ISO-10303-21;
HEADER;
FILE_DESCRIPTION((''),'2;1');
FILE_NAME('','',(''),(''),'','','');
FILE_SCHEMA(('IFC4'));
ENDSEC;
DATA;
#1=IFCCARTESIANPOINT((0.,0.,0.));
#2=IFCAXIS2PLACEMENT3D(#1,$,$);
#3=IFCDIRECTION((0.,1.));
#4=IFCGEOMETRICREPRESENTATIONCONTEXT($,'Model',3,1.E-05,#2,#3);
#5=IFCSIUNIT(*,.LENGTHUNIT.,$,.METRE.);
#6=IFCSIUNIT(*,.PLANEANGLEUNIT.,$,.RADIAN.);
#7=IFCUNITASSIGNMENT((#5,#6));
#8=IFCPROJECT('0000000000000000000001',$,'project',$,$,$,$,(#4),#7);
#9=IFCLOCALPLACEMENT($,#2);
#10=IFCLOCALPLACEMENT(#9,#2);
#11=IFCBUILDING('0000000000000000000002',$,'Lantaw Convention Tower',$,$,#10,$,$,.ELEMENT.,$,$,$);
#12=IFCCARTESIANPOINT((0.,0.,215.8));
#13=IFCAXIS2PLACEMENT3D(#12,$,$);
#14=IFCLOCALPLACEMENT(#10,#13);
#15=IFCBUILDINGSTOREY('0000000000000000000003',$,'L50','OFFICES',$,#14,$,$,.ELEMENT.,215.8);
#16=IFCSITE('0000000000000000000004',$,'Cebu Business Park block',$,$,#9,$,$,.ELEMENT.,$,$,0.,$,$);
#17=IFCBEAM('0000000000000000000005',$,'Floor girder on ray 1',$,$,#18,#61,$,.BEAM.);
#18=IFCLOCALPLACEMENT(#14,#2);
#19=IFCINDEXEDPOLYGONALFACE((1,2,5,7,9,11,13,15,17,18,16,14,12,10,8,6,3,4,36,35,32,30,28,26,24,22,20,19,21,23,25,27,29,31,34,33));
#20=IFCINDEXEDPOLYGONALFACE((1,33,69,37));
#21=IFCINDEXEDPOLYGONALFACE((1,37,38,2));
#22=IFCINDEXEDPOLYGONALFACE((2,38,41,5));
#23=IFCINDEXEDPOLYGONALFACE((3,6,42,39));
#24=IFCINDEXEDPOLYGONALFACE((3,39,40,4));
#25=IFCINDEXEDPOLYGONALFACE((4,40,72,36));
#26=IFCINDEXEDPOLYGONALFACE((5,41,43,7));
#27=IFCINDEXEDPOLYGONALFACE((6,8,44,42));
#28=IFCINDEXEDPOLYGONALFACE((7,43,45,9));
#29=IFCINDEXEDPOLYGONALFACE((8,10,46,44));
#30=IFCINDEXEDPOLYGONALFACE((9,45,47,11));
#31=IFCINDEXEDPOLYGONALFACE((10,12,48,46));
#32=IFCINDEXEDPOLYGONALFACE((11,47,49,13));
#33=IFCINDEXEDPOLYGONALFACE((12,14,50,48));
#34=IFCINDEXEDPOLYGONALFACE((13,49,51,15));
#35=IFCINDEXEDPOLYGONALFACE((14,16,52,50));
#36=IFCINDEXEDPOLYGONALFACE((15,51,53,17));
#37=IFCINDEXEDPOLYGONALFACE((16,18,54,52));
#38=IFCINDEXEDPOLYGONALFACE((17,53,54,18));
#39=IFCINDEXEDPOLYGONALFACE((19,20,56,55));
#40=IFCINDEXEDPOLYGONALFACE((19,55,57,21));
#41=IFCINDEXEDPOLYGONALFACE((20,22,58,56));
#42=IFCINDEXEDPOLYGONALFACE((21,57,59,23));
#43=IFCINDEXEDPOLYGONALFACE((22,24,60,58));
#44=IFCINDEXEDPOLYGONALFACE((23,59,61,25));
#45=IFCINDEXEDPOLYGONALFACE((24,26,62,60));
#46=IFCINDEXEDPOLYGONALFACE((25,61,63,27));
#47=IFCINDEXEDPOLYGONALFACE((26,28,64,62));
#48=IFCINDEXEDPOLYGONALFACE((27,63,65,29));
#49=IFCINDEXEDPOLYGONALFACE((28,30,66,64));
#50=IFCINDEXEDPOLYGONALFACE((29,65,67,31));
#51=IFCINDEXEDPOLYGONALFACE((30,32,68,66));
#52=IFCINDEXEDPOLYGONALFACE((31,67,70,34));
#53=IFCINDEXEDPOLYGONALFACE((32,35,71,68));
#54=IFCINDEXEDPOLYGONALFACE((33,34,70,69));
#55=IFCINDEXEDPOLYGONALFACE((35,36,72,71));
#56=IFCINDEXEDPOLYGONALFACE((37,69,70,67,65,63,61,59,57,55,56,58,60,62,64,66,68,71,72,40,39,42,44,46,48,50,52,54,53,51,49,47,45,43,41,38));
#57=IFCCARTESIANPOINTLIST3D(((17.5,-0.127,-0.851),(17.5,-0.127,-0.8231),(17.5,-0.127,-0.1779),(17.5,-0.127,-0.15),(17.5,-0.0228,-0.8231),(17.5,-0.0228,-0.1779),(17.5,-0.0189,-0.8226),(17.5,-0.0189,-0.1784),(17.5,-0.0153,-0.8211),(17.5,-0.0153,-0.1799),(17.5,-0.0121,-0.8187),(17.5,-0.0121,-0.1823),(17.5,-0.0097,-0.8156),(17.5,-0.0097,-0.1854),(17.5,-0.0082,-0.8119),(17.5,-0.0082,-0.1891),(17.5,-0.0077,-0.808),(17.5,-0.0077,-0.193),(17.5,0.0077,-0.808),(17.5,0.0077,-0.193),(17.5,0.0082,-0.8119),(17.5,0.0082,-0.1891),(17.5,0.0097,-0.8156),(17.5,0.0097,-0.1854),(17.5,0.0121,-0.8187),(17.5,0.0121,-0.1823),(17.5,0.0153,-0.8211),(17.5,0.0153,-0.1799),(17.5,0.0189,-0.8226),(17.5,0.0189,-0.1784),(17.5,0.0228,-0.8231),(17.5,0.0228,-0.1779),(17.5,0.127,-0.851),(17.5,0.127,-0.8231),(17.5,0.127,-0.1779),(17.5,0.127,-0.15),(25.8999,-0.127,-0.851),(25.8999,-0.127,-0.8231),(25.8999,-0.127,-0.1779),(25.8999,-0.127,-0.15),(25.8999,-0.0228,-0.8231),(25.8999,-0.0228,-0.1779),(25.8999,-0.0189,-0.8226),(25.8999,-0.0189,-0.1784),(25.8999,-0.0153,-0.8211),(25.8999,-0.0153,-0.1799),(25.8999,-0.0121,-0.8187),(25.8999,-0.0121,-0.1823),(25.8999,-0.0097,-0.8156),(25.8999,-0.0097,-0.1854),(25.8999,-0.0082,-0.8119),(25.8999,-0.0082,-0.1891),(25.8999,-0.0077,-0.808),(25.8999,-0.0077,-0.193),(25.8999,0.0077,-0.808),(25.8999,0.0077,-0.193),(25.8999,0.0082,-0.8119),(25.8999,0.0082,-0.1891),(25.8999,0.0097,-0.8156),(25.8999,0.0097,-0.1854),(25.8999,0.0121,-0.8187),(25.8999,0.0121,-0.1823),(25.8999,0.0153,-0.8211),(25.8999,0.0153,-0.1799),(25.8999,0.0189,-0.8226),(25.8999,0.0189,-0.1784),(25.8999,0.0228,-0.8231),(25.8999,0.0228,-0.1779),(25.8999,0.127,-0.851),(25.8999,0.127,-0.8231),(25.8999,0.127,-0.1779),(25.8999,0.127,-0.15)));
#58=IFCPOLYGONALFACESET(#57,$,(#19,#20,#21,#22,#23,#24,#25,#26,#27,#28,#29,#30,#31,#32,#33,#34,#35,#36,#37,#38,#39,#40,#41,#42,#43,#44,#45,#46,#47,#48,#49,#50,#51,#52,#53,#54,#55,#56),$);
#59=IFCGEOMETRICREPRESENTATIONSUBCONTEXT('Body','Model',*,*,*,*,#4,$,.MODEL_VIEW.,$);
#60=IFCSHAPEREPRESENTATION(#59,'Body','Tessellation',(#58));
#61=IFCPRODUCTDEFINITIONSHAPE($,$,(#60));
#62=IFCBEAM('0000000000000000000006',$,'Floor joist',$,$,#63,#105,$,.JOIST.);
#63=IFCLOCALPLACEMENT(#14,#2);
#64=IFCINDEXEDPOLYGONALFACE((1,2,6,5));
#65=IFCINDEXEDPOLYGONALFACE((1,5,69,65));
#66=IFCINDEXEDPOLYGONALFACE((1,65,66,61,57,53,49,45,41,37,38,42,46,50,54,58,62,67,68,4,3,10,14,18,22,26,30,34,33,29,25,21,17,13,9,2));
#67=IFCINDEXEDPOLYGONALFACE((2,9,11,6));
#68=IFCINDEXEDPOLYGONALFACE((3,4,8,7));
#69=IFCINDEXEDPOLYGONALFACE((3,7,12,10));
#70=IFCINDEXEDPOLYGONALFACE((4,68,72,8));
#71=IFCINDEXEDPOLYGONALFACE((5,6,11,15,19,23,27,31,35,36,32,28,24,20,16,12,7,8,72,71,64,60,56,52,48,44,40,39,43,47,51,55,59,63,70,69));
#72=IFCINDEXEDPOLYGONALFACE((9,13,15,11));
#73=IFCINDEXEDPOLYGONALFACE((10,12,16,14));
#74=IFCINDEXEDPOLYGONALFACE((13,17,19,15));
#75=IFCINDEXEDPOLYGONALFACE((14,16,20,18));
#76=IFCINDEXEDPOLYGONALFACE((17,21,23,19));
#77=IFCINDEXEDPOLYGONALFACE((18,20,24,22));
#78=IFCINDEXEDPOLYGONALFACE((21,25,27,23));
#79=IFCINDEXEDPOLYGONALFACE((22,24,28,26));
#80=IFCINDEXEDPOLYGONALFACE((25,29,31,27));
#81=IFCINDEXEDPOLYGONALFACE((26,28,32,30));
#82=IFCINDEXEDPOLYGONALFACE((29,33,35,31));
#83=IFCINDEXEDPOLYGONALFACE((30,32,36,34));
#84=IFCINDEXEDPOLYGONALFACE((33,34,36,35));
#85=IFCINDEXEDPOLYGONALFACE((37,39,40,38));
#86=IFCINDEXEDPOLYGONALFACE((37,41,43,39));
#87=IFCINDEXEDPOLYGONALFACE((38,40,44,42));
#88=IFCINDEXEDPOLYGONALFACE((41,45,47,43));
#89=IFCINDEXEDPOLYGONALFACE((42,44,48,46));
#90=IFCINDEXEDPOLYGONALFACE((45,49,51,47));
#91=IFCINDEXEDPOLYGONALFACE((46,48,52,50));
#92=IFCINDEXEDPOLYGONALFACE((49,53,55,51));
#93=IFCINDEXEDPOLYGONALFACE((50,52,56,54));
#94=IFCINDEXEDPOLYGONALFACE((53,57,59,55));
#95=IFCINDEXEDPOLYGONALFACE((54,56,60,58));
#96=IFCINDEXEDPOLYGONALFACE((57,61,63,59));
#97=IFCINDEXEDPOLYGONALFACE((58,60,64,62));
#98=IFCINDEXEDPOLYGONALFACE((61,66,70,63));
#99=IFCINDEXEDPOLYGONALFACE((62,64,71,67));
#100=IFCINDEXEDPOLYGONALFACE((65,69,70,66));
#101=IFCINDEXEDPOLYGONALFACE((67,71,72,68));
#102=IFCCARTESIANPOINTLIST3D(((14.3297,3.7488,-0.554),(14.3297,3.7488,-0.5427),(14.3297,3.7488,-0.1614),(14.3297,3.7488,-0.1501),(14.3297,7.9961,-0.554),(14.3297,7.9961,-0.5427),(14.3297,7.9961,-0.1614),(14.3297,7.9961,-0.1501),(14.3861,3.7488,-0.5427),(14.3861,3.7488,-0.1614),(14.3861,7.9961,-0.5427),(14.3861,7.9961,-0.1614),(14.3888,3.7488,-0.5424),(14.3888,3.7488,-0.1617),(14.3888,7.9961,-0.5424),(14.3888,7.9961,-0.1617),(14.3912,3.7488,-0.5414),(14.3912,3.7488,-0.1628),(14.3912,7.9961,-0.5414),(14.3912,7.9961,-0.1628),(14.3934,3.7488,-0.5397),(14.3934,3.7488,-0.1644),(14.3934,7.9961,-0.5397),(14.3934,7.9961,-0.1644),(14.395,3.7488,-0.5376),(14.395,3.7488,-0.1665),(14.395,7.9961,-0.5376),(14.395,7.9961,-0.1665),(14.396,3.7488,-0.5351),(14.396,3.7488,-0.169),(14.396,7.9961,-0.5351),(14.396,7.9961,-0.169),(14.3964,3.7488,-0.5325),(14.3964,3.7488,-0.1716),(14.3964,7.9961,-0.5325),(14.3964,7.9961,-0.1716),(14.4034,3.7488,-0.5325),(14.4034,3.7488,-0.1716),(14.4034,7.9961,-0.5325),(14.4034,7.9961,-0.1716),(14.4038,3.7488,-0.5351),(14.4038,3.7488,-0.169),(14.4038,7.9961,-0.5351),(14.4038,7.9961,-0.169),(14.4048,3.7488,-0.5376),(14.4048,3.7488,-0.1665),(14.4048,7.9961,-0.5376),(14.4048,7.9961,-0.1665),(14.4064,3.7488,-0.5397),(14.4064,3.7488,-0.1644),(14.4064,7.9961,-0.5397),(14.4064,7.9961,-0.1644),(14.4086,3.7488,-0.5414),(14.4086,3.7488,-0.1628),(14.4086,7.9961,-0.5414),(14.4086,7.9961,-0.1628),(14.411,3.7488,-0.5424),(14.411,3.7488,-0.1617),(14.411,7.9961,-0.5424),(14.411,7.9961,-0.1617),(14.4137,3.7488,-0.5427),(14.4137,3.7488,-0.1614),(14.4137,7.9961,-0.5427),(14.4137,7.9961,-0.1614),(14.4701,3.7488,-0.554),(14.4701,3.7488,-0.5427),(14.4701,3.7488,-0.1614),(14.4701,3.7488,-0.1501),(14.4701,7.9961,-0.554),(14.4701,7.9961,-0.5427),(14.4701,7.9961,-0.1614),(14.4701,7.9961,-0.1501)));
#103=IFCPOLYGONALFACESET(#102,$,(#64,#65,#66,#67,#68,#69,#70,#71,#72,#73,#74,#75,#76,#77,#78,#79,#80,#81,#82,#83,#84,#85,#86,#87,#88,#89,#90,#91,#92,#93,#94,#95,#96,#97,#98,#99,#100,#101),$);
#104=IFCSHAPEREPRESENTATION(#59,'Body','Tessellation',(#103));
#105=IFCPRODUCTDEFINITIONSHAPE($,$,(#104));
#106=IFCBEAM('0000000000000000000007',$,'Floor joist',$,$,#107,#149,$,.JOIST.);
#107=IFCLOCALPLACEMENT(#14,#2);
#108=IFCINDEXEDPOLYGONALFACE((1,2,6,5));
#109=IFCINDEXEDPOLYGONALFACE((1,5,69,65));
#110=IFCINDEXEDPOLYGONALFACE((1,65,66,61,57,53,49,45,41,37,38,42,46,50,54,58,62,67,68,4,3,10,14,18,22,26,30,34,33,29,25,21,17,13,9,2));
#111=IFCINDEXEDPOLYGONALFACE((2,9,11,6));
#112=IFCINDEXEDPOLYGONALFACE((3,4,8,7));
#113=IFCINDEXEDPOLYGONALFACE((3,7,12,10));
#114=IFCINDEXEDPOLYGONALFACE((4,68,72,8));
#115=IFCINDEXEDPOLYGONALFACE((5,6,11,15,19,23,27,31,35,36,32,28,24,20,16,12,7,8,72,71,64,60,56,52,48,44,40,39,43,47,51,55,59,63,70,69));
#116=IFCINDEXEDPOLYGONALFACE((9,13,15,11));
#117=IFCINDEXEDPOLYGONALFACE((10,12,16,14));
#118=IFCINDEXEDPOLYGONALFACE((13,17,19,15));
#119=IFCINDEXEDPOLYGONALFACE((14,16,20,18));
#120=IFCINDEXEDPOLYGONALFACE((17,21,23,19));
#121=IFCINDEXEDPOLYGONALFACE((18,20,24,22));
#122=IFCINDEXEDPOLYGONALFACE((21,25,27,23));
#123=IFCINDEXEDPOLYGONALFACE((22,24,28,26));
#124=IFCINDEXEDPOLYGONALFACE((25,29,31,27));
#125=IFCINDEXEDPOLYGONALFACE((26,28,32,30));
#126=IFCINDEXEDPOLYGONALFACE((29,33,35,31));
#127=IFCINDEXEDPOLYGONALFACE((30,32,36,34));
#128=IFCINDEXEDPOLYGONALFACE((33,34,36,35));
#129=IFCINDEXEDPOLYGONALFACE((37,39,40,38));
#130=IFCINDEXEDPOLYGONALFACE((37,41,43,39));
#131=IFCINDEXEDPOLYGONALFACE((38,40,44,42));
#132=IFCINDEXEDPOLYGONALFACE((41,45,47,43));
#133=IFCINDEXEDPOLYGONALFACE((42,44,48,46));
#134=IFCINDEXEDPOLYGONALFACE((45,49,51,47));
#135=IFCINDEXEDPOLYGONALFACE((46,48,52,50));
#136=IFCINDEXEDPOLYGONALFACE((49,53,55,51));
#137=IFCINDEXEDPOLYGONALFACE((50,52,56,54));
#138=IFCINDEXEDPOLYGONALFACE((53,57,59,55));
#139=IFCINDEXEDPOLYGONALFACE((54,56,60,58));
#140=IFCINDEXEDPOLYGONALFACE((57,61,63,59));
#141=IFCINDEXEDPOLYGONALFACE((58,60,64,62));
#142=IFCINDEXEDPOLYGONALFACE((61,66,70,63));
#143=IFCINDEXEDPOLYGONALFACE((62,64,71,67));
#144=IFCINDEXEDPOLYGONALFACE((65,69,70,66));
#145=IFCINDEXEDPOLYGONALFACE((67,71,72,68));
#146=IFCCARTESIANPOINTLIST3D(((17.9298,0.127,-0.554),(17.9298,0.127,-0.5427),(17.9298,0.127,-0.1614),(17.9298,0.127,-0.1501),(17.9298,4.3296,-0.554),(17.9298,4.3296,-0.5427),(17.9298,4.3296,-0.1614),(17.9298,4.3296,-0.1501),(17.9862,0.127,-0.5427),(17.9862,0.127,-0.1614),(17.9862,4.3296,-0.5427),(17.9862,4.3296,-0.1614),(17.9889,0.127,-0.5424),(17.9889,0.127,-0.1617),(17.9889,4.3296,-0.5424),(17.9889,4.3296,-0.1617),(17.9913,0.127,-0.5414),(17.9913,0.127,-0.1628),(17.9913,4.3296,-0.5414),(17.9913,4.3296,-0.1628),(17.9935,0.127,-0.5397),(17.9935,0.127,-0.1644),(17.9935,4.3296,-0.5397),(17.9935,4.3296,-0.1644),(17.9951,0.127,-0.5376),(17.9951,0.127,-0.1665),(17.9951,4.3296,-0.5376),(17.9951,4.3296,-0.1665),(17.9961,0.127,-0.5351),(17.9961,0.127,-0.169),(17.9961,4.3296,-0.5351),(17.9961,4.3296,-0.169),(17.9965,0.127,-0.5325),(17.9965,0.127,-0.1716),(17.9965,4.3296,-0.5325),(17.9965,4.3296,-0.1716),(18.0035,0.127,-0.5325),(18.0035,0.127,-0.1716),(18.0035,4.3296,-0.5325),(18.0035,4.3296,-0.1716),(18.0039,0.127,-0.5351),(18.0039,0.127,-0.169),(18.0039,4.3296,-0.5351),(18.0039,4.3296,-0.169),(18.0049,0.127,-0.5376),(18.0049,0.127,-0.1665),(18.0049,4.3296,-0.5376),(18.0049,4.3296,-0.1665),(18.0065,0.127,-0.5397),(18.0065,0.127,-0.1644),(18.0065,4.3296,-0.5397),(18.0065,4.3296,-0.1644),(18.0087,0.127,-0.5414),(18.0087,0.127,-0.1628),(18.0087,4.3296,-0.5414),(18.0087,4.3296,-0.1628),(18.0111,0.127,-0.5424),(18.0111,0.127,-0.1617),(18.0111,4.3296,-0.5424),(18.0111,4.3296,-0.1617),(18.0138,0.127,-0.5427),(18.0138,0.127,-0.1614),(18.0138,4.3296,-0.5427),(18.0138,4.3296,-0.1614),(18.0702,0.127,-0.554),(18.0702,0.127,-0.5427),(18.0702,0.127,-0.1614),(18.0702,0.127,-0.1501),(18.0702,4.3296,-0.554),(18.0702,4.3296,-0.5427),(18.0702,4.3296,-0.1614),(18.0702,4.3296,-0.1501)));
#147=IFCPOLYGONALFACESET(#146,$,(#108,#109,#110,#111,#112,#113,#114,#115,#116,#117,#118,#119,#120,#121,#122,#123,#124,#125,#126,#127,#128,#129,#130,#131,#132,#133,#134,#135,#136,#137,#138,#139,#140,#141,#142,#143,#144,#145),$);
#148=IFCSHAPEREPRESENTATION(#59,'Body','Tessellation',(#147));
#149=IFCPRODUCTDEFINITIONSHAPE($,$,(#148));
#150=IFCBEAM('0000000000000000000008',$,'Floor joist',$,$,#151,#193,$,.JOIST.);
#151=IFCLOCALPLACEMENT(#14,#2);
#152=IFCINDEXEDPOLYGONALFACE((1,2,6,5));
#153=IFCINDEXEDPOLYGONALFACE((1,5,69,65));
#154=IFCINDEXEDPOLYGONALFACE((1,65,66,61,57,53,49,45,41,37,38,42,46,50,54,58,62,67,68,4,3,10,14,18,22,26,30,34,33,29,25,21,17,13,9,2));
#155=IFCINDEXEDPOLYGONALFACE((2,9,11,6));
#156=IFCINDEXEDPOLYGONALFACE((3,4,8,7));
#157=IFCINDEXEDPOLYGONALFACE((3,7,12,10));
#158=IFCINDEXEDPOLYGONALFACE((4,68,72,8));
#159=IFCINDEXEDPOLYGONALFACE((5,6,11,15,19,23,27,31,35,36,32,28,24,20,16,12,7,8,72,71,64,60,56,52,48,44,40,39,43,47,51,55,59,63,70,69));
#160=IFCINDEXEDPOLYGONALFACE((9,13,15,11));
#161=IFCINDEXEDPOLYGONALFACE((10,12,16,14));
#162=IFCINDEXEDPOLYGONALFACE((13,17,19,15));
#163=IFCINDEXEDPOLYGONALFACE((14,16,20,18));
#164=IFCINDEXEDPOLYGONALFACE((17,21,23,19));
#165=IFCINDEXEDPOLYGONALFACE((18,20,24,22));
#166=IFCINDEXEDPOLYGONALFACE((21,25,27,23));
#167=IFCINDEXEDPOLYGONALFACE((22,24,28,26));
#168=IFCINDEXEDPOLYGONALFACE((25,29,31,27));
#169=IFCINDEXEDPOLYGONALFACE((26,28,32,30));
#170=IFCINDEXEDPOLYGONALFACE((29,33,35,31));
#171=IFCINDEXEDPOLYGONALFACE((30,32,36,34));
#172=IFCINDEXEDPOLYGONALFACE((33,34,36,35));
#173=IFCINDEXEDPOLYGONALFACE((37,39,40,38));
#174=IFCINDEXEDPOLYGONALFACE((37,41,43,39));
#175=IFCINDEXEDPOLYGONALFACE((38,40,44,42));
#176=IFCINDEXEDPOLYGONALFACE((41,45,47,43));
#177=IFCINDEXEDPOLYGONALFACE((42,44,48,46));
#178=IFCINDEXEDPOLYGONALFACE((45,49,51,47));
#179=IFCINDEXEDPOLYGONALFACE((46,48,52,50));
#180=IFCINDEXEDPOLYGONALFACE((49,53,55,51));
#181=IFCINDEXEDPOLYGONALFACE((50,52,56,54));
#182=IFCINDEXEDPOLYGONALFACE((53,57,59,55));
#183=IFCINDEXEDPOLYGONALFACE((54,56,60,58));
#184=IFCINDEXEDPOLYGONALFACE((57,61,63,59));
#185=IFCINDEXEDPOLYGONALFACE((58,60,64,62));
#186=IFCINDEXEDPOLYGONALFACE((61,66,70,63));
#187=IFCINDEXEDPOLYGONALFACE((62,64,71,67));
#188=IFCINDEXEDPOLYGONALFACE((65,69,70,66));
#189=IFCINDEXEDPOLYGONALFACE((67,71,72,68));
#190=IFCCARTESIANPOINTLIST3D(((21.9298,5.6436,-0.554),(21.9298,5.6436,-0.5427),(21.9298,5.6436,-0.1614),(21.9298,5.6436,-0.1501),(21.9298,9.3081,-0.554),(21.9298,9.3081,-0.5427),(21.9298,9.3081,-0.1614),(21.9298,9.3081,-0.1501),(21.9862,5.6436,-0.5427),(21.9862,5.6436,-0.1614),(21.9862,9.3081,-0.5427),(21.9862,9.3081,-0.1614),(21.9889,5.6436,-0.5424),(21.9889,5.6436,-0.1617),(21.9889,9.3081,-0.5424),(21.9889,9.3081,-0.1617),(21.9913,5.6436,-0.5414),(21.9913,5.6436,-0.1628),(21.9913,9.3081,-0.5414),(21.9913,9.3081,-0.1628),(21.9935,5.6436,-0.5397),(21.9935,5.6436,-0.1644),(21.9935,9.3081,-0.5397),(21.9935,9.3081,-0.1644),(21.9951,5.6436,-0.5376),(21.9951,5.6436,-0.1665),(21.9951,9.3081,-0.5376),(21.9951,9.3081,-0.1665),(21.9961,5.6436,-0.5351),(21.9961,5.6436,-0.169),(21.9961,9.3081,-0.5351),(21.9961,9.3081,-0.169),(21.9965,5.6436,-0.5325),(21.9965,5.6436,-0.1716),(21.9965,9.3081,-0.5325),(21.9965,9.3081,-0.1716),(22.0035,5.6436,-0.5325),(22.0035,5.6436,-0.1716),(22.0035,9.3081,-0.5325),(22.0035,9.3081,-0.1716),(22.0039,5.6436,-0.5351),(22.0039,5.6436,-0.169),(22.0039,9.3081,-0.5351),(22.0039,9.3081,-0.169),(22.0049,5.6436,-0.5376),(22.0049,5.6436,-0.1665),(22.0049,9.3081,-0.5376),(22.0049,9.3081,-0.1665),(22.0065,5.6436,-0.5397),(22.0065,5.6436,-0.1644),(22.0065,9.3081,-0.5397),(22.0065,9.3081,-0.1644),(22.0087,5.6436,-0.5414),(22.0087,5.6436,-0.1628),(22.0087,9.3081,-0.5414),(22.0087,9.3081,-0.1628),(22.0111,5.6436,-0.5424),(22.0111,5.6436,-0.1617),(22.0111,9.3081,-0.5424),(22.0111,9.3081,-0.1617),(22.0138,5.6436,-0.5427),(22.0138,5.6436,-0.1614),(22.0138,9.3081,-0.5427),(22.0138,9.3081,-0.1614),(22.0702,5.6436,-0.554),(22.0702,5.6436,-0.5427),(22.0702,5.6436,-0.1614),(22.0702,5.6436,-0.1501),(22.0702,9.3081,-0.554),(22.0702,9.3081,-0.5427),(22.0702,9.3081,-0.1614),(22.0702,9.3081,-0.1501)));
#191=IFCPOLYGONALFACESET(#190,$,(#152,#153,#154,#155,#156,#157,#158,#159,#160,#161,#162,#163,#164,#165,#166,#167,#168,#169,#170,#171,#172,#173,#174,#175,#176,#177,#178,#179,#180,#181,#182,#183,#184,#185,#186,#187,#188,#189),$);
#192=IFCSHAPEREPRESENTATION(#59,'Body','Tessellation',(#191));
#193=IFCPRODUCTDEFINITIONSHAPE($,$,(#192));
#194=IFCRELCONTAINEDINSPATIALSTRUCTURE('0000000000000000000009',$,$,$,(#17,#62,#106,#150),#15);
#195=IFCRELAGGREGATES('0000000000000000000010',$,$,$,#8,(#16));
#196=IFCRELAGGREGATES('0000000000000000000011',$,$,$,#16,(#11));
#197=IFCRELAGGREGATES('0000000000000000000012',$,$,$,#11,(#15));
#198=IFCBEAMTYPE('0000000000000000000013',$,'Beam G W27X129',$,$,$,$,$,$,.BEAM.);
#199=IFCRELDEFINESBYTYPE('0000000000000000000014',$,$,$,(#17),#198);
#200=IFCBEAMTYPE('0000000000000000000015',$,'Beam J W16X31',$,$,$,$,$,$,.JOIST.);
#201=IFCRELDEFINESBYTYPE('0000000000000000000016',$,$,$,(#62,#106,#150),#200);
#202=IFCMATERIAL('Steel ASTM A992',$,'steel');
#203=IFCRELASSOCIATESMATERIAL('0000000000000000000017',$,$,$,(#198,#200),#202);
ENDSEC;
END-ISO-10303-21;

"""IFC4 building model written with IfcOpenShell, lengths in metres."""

from ifc_helpers import new_model, si_unit, direction, frame, origin, origin_2d, place, context, subcontext, project, spatial, i_section, extrude, material, material_profile, profile_set, type_object, element, save


model = new_model("IFC4")

# Units and contexts
model_context = context("Model", 3, precision=1e-05, world=origin(), true_north=direction((0.0, 1.0)))
body_context = subcontext(model_context, "Body", "Model", "MODEL_VIEW")
ifc_project = project(units=[si_unit("LENGTHUNIT", "METRE"), si_unit("PLANEANGLEUNIT", "RADIAN")], contexts=[model_context])

# Site, building, storey
site_placement = place(None, origin())
site = spatial("IfcSite", under=ifc_project, at=site_placement, Name="Cebu Business Park block", CompositionType="ELEMENT", RefElevation=0.0)
building_placement = place(site_placement, origin())
building = spatial("IfcBuilding", under=site, at=building_placement, Name="Lantaw Convention Tower", CompositionType="ELEMENT")
storey_placement = place(building_placement, frame((0.0, 0.0, 215.8)))
storey = spatial("IfcBuildingStorey", under=building, at=storey_placement, Name="L50", Description="OFFICES", CompositionType="ELEMENT", Elevation=215.8)

# Beams
ifc_material_1 = material(Name="Steel ASTM A992", Category="steel")
ifc_material_profile_1 = material_profile(ifc_material_1, i_section(OverallWidth=0.2539, OverallDepth=0.7009, WebThickness=0.0154, FlangeThickness=0.0278, FilletRadius=0.0151, at=origin_2d()), Name="W27X129")
ifc_profile_set_1 = profile_set([ifc_material_profile_1], Name="Steel ASTM A992")
beam_type_1 = type_object("IfcBeamType", Name="Beam G W27X129", PredefinedType="BEAM", material=ifc_profile_set_1)
beam_1_placement = place(storey_placement, frame((17.5, 0.0, -0.5005), z_axis=(1.0, 0.0, 0.0), x_axis=(0.0, 1.0, 0.0)))
element("IfcBeam", 1, at=beam_1_placement, inside=storey, type_object=beam_type_1, Name="Floor girder on ray 1", PredefinedType="BEAM", context=body_context, shape_type="SweptSolid", body=[
    extrude(i_section(OverallWidth=0.2539, OverallDepth=0.7009, WebThickness=0.0154, FlangeThickness=0.0278, FilletRadius=0.0151, at=origin_2d()), origin(), (0.0, 0.0, 1.0), 8.3999),
])
ifc_material_profile_2 = material_profile(ifc_material_1, i_section(OverallWidth=0.1404, OverallDepth=0.4038, WebThickness=0.0071, FlangeThickness=0.0112, FilletRadius=0.0103, at=origin_2d()), Name="W16X31")
ifc_profile_set_2 = profile_set([ifc_material_profile_2], Name="Steel ASTM A992")
beam_type_2 = type_object("IfcBeamType", Name="Beam J W16X31", PredefinedType="JOIST", material=ifc_profile_set_2)
beam_2_placement = place(storey_placement, frame((14.3999, 3.7488, -0.3521), z_axis=(0.0, 1.0, 0.0), x_axis=(-1.0, 0.0, 0.0)))
element("IfcBeam", 2, at=beam_2_placement, inside=storey, type_object=beam_type_2, Name="Floor joist", PredefinedType="JOIST", context=body_context, shape_type="SweptSolid", body=[
    extrude(i_section(OverallWidth=0.1404, OverallDepth=0.4038, WebThickness=0.0071, FlangeThickness=0.0112, FilletRadius=0.0103, at=origin_2d()), origin(), (0.0, 0.0, 1.0), 4.2473),
])
beam_3_placement = place(storey_placement, frame((18.0, 0.127, -0.3521), z_axis=(0.0, 1.0, 0.0), x_axis=(-1.0, 0.0, 0.0)))
element("IfcBeam", 3, at=beam_3_placement, inside=storey, type_object=beam_type_2, Name="Floor joist", PredefinedType="JOIST", context=body_context, shape_type="SweptSolid", body=[
    extrude(i_section(OverallWidth=0.1404, OverallDepth=0.4038, WebThickness=0.0071, FlangeThickness=0.0112, FilletRadius=0.0103, at=origin_2d()), origin(), (0.0, 0.0, 1.0), 4.2026),
])
beam_4_placement = place(storey_placement, frame((22.0, 5.6436, -0.3521), z_axis=(0.0, 1.0, 0.0), x_axis=(-1.0, 0.0, 0.0)))
element("IfcBeam", 4, at=beam_4_placement, inside=storey, type_object=beam_type_2, Name="Floor joist", PredefinedType="JOIST", context=body_context, shape_type="SweptSolid", body=[
    extrude(i_section(OverallWidth=0.1404, OverallDepth=0.4038, WebThickness=0.0071, FlangeThickness=0.0112, FilletRadius=0.0103, at=origin_2d()), origin(), (0.0, 0.0, 1.0), 3.6646),
])

save(model, "model.ifc")
